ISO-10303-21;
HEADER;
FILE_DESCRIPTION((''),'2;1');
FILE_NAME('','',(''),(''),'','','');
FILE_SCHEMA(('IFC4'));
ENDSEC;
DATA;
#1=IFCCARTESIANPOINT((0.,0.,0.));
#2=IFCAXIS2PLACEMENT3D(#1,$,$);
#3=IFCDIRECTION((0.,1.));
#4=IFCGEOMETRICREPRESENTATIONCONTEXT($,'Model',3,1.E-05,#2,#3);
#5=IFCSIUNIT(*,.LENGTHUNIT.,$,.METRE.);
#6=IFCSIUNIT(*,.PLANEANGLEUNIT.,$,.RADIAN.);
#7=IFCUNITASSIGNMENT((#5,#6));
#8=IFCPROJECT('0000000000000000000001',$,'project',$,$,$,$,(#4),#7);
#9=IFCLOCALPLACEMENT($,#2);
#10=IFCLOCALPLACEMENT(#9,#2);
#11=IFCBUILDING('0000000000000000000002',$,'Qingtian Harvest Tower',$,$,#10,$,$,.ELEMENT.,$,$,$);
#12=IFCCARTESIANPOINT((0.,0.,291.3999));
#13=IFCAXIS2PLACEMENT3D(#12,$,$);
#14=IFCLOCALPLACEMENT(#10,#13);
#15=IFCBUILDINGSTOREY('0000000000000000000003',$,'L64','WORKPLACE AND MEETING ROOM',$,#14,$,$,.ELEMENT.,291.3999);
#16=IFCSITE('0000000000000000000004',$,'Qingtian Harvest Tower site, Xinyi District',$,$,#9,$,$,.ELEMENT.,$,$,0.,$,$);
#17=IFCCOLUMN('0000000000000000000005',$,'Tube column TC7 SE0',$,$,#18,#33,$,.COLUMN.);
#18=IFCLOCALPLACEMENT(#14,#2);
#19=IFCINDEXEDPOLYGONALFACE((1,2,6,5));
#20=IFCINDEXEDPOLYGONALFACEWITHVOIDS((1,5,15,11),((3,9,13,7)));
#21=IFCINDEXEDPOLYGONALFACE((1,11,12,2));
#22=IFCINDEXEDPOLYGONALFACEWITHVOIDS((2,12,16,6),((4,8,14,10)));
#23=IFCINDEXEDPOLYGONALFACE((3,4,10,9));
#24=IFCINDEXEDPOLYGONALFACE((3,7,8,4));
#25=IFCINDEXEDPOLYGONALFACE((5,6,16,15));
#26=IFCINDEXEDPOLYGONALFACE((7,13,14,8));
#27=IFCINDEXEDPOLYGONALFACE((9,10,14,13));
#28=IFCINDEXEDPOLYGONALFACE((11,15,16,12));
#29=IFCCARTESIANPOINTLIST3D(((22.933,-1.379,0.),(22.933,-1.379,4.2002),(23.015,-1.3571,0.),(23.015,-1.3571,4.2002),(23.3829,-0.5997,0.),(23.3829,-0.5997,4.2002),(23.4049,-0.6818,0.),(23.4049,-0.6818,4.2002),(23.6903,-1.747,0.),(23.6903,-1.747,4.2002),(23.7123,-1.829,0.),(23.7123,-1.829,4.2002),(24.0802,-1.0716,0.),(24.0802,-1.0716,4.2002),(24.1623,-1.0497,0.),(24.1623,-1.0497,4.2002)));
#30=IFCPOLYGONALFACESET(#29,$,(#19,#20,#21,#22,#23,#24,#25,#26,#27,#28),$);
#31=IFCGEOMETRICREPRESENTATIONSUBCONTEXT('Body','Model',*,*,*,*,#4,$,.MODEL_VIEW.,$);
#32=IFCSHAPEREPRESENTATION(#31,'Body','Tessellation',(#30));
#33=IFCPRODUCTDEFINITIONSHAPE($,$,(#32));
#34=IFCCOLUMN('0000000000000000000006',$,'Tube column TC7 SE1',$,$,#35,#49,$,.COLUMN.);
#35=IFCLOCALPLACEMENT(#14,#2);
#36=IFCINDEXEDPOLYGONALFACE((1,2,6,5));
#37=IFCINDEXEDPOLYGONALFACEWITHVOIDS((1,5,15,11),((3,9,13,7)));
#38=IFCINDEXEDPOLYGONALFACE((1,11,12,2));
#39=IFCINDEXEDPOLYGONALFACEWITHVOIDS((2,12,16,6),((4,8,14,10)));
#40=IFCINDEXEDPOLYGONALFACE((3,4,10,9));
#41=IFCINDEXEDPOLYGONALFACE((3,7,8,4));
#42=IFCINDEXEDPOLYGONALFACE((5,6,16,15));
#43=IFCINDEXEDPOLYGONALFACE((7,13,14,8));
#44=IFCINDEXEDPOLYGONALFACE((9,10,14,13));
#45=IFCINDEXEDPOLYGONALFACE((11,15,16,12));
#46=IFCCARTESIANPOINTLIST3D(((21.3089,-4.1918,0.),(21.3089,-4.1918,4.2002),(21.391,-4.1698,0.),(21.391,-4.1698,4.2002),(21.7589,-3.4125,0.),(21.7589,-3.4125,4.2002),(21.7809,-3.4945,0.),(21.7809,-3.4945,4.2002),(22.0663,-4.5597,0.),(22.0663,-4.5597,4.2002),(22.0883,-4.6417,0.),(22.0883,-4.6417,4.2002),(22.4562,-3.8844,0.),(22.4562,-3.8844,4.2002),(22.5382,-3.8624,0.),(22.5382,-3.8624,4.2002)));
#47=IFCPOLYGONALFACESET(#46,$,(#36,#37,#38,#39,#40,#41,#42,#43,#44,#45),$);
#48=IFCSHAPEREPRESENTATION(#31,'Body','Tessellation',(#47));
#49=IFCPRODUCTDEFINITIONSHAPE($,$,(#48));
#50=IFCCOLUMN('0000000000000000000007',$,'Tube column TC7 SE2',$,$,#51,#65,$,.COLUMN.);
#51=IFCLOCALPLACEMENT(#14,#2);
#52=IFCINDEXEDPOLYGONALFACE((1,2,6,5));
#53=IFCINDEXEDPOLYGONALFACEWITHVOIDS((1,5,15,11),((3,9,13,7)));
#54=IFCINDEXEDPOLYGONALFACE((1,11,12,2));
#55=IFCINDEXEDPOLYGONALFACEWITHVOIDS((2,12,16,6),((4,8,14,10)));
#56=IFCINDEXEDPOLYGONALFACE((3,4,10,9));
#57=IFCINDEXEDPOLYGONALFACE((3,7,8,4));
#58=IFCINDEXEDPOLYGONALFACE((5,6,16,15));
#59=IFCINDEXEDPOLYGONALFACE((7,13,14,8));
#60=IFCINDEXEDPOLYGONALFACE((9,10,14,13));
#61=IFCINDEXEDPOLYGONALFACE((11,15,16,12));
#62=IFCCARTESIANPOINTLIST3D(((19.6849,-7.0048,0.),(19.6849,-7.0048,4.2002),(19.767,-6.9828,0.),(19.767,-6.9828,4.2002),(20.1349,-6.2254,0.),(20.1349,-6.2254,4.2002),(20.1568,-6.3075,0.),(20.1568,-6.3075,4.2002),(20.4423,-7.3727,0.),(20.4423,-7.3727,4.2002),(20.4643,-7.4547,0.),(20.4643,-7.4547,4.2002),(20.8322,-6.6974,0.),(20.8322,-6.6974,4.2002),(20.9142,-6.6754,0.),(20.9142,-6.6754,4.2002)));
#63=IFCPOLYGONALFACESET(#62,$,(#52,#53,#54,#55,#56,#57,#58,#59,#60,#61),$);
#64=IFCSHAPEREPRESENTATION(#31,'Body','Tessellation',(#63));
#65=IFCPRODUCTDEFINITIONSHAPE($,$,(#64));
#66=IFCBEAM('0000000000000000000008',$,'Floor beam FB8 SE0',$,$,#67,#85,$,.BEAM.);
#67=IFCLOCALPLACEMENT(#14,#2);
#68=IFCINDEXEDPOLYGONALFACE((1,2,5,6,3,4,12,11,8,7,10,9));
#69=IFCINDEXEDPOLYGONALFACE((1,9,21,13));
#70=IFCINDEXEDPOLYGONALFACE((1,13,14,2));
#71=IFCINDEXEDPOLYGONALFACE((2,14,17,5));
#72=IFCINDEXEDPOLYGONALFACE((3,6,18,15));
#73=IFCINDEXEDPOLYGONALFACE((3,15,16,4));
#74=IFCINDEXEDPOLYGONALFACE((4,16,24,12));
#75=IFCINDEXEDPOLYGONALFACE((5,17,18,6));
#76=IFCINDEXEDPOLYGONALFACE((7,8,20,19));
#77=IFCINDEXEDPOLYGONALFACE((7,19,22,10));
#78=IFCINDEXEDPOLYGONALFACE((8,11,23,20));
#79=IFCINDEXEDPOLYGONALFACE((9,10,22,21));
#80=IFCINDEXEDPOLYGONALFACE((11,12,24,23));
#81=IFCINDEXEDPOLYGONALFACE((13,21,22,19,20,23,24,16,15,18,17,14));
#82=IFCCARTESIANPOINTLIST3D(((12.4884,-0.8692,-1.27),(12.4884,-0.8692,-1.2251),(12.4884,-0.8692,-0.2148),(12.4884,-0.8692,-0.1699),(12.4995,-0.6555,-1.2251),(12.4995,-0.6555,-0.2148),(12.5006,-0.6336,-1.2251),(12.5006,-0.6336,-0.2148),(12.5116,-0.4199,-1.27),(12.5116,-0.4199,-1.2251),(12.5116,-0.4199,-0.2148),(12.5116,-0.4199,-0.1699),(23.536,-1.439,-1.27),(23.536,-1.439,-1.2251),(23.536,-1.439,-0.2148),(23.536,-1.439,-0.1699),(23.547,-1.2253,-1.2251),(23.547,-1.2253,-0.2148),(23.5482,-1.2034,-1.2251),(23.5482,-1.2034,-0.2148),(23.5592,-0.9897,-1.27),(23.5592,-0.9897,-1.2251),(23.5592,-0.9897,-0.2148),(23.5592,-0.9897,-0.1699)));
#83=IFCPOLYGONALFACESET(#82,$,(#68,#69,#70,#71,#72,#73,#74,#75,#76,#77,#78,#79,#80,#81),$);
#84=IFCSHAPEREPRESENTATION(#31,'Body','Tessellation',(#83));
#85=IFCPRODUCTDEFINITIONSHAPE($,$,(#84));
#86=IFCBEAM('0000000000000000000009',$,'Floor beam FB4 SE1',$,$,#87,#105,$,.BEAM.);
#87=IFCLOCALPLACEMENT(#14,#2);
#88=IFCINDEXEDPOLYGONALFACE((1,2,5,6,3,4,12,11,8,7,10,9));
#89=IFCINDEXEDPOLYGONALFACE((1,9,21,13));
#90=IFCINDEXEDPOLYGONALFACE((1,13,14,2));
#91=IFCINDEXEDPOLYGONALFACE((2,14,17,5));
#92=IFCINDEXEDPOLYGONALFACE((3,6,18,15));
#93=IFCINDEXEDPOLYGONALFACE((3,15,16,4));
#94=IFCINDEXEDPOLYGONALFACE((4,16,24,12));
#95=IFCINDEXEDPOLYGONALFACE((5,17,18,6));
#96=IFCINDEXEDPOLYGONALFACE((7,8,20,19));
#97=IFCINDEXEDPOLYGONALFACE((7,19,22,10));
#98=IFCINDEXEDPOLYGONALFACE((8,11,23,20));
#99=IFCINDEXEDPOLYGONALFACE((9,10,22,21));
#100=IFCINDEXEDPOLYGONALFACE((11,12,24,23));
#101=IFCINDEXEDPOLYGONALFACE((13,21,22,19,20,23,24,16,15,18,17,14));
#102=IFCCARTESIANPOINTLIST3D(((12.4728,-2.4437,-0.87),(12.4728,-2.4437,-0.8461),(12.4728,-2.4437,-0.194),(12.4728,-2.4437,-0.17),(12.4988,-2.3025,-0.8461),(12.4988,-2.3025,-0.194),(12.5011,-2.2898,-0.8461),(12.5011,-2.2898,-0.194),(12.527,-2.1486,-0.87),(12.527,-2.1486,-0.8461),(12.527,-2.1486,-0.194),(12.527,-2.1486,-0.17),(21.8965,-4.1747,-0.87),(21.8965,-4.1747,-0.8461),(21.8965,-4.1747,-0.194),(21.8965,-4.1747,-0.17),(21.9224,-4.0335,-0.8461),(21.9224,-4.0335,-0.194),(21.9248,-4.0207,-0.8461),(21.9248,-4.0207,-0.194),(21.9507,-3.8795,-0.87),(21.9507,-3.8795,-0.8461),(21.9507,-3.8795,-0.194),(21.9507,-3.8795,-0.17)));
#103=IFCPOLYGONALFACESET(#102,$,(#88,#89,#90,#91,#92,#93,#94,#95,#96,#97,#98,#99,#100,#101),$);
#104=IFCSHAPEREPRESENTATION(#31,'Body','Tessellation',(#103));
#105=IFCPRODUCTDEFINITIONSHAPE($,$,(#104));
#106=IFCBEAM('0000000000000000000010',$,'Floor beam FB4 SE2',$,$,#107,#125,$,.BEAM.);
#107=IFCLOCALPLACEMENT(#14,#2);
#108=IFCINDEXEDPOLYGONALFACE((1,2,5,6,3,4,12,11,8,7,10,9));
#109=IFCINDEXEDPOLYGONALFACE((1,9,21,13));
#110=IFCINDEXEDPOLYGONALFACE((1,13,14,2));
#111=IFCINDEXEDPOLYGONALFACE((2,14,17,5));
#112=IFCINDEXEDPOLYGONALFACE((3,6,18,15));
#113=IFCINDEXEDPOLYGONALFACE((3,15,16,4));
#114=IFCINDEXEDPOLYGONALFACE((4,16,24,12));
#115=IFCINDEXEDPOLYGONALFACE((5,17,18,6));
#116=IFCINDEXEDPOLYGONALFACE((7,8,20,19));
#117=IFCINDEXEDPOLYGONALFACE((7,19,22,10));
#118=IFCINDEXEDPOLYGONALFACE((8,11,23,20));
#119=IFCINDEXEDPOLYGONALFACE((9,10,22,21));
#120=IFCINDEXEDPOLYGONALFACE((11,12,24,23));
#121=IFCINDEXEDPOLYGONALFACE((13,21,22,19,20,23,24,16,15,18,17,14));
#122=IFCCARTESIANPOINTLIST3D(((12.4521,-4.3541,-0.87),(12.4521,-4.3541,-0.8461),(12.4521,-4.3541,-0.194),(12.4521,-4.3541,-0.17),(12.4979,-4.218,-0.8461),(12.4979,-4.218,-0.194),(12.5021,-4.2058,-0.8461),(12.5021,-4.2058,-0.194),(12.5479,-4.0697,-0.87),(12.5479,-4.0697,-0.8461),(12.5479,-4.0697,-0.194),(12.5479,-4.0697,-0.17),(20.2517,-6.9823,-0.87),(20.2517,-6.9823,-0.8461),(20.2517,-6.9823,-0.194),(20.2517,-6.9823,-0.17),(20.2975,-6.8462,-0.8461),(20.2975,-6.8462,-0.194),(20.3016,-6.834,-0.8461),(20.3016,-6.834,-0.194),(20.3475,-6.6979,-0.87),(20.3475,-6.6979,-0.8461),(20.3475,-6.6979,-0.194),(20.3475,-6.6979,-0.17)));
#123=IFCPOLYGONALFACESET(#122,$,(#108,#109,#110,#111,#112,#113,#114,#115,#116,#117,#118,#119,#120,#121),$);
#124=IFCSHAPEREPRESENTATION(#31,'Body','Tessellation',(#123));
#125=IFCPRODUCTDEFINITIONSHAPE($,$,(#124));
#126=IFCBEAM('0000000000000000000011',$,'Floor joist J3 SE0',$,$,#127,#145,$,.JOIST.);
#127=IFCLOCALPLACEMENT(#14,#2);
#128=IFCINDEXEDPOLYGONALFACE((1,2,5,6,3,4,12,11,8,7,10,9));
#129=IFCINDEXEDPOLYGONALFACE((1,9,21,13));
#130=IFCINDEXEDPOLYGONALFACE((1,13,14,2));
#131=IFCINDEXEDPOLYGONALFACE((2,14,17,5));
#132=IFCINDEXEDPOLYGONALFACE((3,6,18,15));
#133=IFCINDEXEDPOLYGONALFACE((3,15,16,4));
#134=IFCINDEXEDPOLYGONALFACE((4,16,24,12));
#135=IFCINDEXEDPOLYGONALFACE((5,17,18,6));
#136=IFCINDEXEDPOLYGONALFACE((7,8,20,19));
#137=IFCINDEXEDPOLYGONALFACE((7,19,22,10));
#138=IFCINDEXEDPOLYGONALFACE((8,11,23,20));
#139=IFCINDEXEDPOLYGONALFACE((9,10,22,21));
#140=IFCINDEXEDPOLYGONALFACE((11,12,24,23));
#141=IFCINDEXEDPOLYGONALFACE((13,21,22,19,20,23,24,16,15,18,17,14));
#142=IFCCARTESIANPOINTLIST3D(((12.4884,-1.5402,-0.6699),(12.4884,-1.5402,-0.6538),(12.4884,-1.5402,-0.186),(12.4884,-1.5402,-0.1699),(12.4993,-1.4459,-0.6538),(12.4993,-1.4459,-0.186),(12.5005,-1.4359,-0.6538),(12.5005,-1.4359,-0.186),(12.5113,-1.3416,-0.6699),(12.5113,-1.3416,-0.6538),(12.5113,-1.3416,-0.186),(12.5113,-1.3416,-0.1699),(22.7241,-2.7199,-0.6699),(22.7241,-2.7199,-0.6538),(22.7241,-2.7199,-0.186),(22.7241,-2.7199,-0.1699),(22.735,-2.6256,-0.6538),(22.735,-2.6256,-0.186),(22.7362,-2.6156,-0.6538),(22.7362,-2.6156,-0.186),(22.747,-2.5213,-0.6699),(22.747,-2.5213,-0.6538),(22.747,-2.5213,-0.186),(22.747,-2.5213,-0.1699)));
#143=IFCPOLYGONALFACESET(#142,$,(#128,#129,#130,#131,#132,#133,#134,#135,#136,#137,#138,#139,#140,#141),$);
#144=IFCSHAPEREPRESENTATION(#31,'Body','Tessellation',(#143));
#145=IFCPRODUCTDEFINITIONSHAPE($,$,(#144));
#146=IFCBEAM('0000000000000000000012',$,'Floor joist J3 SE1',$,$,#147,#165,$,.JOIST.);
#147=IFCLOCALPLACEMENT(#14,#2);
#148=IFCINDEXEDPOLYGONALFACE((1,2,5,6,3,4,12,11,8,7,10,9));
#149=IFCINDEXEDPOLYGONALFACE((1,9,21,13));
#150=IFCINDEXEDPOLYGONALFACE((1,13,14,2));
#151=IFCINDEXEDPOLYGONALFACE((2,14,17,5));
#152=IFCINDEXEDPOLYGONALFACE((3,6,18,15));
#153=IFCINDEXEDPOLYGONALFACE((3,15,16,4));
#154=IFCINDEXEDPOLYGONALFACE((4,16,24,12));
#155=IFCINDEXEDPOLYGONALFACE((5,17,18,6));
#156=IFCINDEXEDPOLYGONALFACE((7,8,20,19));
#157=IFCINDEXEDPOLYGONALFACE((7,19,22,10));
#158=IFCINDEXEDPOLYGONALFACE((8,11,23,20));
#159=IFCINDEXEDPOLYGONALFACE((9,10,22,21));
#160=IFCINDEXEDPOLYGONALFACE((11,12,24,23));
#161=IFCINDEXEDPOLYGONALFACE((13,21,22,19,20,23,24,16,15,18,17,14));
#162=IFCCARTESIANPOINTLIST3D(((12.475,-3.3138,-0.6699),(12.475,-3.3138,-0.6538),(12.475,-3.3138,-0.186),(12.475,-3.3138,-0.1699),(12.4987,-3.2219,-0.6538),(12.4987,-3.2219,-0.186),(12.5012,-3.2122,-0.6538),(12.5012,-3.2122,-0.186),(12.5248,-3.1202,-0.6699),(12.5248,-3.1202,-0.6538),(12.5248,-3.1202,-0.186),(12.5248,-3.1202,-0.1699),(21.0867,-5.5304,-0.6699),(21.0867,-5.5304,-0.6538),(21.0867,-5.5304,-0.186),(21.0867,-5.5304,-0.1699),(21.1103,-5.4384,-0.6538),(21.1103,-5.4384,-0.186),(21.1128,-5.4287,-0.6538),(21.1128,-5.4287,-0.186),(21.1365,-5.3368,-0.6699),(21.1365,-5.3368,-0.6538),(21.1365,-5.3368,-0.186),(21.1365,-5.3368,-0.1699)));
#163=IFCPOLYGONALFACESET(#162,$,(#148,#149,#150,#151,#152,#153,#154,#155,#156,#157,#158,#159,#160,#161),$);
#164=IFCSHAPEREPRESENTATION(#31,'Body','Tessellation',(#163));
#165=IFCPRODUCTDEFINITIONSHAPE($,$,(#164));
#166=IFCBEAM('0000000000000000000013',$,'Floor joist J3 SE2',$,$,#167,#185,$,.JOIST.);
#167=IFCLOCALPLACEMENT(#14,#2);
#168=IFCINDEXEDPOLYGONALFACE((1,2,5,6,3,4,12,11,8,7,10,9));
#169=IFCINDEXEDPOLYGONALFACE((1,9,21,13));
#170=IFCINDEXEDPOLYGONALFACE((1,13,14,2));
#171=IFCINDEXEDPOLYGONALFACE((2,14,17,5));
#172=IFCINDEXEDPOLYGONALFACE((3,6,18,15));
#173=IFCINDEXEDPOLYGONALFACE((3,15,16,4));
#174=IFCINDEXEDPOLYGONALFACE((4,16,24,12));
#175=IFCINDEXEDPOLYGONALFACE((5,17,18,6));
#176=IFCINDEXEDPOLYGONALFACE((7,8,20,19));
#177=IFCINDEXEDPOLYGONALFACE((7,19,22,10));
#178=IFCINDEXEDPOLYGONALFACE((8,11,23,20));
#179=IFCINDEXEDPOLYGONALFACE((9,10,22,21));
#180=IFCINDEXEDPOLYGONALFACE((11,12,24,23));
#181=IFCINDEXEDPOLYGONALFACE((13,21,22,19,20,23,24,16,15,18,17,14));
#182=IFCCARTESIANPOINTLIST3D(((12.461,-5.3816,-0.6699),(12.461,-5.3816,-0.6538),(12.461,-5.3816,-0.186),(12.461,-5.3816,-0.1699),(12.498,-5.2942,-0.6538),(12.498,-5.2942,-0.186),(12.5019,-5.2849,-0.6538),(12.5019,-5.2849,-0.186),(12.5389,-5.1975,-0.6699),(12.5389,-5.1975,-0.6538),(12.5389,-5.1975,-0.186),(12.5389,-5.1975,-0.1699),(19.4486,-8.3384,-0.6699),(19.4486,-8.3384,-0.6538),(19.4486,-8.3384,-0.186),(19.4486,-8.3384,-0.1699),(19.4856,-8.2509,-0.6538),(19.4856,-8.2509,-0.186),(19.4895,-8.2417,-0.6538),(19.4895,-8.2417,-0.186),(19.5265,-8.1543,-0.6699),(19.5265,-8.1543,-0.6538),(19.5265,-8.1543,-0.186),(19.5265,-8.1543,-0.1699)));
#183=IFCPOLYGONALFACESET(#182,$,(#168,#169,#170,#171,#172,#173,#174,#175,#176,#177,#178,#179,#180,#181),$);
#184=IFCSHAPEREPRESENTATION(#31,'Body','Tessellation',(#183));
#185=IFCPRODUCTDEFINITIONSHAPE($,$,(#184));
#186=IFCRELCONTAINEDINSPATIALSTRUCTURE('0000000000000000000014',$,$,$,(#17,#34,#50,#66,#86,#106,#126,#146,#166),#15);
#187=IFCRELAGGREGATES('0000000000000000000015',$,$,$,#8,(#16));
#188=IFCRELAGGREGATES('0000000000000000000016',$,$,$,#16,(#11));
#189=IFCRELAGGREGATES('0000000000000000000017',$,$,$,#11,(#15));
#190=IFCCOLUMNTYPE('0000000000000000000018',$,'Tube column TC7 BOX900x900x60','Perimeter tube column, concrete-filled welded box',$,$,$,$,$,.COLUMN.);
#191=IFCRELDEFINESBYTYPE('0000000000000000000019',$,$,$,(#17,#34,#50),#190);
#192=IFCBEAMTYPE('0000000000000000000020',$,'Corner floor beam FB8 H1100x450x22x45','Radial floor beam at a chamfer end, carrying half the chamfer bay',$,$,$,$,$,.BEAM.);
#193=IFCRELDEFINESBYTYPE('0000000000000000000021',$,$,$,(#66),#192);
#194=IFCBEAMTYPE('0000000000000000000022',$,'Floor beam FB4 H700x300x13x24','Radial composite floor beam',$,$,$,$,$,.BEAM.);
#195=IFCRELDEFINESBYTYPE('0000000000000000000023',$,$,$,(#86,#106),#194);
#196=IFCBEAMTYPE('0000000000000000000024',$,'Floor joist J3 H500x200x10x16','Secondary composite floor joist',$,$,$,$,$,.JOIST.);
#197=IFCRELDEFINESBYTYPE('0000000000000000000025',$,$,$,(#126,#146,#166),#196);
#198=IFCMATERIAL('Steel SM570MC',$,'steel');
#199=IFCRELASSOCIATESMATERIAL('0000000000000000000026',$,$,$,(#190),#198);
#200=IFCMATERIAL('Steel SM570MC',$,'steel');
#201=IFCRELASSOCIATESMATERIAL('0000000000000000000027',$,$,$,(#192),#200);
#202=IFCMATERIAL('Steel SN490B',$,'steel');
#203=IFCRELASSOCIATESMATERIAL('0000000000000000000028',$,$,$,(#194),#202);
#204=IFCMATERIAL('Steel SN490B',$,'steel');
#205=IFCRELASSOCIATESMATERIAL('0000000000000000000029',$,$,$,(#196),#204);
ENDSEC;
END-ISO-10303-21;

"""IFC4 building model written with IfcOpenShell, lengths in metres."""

from ifc_helpers import new_model, si_unit, direction, frame, origin, origin_2d, place, context, subcontext, project, spatial, hollow_rectangle, i_section, extrude, material, material_profile, profile_set, type_object, element, save


model = new_model("IFC4")

# Units and contexts
model_context = context("Model", 3, precision=1e-05, world=origin(), true_north=direction((0.0, 1.0)))
body_context = subcontext(model_context, "Body", "Model", "MODEL_VIEW")
ifc_project = project(units=[si_unit("LENGTHUNIT", "METRE"), si_unit("PLANEANGLEUNIT", "RADIAN")], contexts=[model_context])

# Site, building, storey
site_placement = place(None, origin())
site = spatial("IfcSite", under=ifc_project, at=site_placement, Name="Qingtian Harvest Tower site, Xinyi District", CompositionType="ELEMENT", RefElevation=0.0)
building_placement = place(site_placement, origin())
building = spatial("IfcBuilding", under=site, at=building_placement, Name="Qingtian Harvest Tower", CompositionType="ELEMENT")
storey_placement = place(building_placement, frame((0.0, 0.0, 291.3999)))
storey = spatial("IfcBuildingStorey", under=building, at=storey_placement, Name="L64", Description="WORKPLACE AND MEETING ROOM", CompositionType="ELEMENT", Elevation=291.3999)

# Columns
ifc_material_1 = material(Name="Steel SM570MC", Category="steel")
ifc_material_profile_1 = material_profile(ifc_material_1, hollow_rectangle(XDim=0.8999, YDim=0.8999, WallThickness=0.0601, at=origin_2d()), Name="BOX900x900x60")
ifc_profile_set_1 = profile_set([ifc_material_profile_1], Name="Steel SM570MC")
column_type = type_object("IfcColumnType", Name="Tube column TC7 BOX900x900x60", Description="Perimeter tube column, concrete-filled welded box", PredefinedType="COLUMN", material=ifc_profile_set_1)
for number, where, z_axis, x_axis, name in (
    (1, (23.5476, -1.2144, 0.0), (0.0, 0.0, 1.0), (0.5, 0.866025, 0.0), "Tube column TC7 SE0"),
    (2, (21.9236, -4.0271, 0.0), (0.0, 0.0, 1.0), (0.5, 0.866025, 0.0), "Tube column TC7 SE1"),
    (3, (20.2996, -6.8401, 0.0), (0.0, 0.0, 1.0), (0.5, 0.866025, 0.0), "Tube column TC7 SE2"),
):
    element("IfcColumn", number, at=place(storey_placement, frame(where, z_axis=z_axis, x_axis=x_axis)), inside=storey, type_object=column_type, Name=name, PredefinedType="COLUMN", context=body_context, shape_type="SweptSolid", body=[
        extrude(hollow_rectangle(XDim=0.8999, YDim=0.8999, WallThickness=0.0601, at=origin_2d()), origin(), (0.0, 0.0, 1.0), 4.2002),
    ])

# Beams
ifc_material_2 = material(Name="Steel SM570MC", Category="steel")
ifc_material_profile_2 = material_profile(ifc_material_2, i_section(OverallWidth=0.45, OverallDepth=1.1001, WebThickness=0.022, FlangeThickness=0.0449, at=origin_2d()), Name="H1100x450x22x45")
ifc_profile_set_2 = profile_set([ifc_material_profile_2], Name="Steel SM570MC")
beam_type_1 = type_object("IfcBeamType", Name="Corner floor beam FB8 H1100x450x22x45", Description="Radial floor beam at a chamfer end, carrying half the chamfer bay", PredefinedType="BEAM", material=ifc_profile_set_2)
beam_1_placement = place(storey_placement, frame((23.5476, -1.2144, -0.72), z_axis=(-0.998672, 0.05151, 0.0), x_axis=(-0.05151, -0.998672, 0.0)))
element("IfcBeam", 4, at=beam_1_placement, inside=storey, type_object=beam_type_1, Name="Floor beam FB8 SE0", PredefinedType="BEAM", context=body_context, shape_type="SweptSolid", body=[
    extrude(i_section(OverallWidth=0.45, OverallDepth=1.1001, WebThickness=0.022, FlangeThickness=0.0449, at=origin_2d()), origin(), (0.0, 0.0, 1.0), 11.0623),
])
ifc_material_3 = material(Name="Steel SN490B", Category="steel")
ifc_material_profile_3 = material_profile(ifc_material_3, i_section(OverallWidth=0.3, OverallDepth=0.7, WebThickness=0.0129, FlangeThickness=0.0239, at=origin_2d()), Name="H700x300x13x24")
ifc_profile_set_3 = profile_set([ifc_material_profile_3], Name="Steel SN490B")
beam_type_2 = type_object("IfcBeamType", Name="Floor beam FB4 H700x300x13x24", Description="Radial composite floor beam", PredefinedType="BEAM", material=ifc_profile_set_3)
beam_2_placement = place(storey_placement, frame((21.9236, -4.0271, -0.52), z_axis=(-0.983545, 0.180661, 0.0), x_axis=(-0.180661, -0.983545, 0.0)))
element("IfcBeam", 5, at=beam_2_placement, inside=storey, type_object=beam_type_2, Name="Floor beam FB4 SE1", PredefinedType="BEAM", context=body_context, shape_type="SweptSolid", body=[
    extrude(i_section(OverallWidth=0.3, OverallDepth=0.7, WebThickness=0.0129, FlangeThickness=0.0239, at=origin_2d()), origin(), (0.0, 0.0, 1.0), 9.5813),
])
beam_3_placement = place(storey_placement, frame((20.2996, -6.8401, -0.52), z_axis=(-0.947646, 0.319323, 0.0), x_axis=(-0.319323, -0.947646, 0.0)))
element("IfcBeam", 6, at=beam_3_placement, inside=storey, type_object=beam_type_2, Name="Floor beam FB4 SE2", PredefinedType="BEAM", context=body_context, shape_type="SweptSolid", body=[
    extrude(i_section(OverallWidth=0.3, OverallDepth=0.7, WebThickness=0.0129, FlangeThickness=0.0239, at=origin_2d()), origin(), (0.0, 0.0, 1.0), 8.2305),
])
ifc_material_4 = material(Name="Steel SN490B", Category="steel")
ifc_material_profile_4 = material_profile(ifc_material_4, i_section(OverallWidth=0.2, OverallDepth=0.5, WebThickness=0.01, FlangeThickness=0.0161, at=origin_2d()), Name="H500x200x10x16")
ifc_profile_set_4 = profile_set([ifc_material_profile_4], Name="Steel SN490B")
beam_type_3 = type_object("IfcBeamType", Name="Floor joist J3 H500x200x10x16", Description="Secondary composite floor joist", PredefinedType="JOIST", material=ifc_profile_set_4)
beam_4_placement = place(storey_placement, frame((22.7356, -2.6206, -0.4199), z_axis=(-0.993424, 0.114495, 0.0), x_axis=(-0.114495, -0.993424, 0.0)))
element("IfcBeam", 7, at=beam_4_placement, inside=storey, type_object=beam_type_3, Name="Floor joist J3 SE0", PredefinedType="JOIST", context=body_context, shape_type="SweptSolid", body=[
    extrude(i_section(OverallWidth=0.2, OverallDepth=0.5, WebThickness=0.01, FlangeThickness=0.0161, at=origin_2d()), origin(), (0.0, 0.0, 1.0), 10.3035),
])
beam_5_placement = place(storey_placement, frame((21.1116, -5.4336, -0.4199), z_axis=(-0.968435, 0.249268, 0.0), x_axis=(-0.249268, -0.968435, 0.0)))
element("IfcBeam", 8, at=beam_5_placement, inside=storey, type_object=beam_type_3, Name="Floor joist J3 SE1", PredefinedType="JOIST", context=body_context, shape_type="SweptSolid", body=[
    extrude(i_section(OverallWidth=0.2, OverallDepth=0.5, WebThickness=0.01, FlangeThickness=0.0161, at=origin_2d()), origin(), (0.0, 0.0, 1.0), 8.8923),
])
beam_6_placement = place(storey_placement, frame((19.4875, -8.2463, -0.4199), z_axis=(-0.920943, 0.389698, 0.0), x_axis=(-0.389698, -0.920943, 0.0)))
element("IfcBeam", 9, at=beam_6_placement, inside=storey, type_object=beam_type_3, Name="Floor joist J3 SE2", PredefinedType="JOIST", context=body_context, shape_type="SweptSolid", body=[
    extrude(i_section(OverallWidth=0.2, OverallDepth=0.5, WebThickness=0.01, FlangeThickness=0.0161, at=origin_2d()), origin(), (0.0, 0.0, 1.0), 7.5874),
])

save(model, "model.ifc")
